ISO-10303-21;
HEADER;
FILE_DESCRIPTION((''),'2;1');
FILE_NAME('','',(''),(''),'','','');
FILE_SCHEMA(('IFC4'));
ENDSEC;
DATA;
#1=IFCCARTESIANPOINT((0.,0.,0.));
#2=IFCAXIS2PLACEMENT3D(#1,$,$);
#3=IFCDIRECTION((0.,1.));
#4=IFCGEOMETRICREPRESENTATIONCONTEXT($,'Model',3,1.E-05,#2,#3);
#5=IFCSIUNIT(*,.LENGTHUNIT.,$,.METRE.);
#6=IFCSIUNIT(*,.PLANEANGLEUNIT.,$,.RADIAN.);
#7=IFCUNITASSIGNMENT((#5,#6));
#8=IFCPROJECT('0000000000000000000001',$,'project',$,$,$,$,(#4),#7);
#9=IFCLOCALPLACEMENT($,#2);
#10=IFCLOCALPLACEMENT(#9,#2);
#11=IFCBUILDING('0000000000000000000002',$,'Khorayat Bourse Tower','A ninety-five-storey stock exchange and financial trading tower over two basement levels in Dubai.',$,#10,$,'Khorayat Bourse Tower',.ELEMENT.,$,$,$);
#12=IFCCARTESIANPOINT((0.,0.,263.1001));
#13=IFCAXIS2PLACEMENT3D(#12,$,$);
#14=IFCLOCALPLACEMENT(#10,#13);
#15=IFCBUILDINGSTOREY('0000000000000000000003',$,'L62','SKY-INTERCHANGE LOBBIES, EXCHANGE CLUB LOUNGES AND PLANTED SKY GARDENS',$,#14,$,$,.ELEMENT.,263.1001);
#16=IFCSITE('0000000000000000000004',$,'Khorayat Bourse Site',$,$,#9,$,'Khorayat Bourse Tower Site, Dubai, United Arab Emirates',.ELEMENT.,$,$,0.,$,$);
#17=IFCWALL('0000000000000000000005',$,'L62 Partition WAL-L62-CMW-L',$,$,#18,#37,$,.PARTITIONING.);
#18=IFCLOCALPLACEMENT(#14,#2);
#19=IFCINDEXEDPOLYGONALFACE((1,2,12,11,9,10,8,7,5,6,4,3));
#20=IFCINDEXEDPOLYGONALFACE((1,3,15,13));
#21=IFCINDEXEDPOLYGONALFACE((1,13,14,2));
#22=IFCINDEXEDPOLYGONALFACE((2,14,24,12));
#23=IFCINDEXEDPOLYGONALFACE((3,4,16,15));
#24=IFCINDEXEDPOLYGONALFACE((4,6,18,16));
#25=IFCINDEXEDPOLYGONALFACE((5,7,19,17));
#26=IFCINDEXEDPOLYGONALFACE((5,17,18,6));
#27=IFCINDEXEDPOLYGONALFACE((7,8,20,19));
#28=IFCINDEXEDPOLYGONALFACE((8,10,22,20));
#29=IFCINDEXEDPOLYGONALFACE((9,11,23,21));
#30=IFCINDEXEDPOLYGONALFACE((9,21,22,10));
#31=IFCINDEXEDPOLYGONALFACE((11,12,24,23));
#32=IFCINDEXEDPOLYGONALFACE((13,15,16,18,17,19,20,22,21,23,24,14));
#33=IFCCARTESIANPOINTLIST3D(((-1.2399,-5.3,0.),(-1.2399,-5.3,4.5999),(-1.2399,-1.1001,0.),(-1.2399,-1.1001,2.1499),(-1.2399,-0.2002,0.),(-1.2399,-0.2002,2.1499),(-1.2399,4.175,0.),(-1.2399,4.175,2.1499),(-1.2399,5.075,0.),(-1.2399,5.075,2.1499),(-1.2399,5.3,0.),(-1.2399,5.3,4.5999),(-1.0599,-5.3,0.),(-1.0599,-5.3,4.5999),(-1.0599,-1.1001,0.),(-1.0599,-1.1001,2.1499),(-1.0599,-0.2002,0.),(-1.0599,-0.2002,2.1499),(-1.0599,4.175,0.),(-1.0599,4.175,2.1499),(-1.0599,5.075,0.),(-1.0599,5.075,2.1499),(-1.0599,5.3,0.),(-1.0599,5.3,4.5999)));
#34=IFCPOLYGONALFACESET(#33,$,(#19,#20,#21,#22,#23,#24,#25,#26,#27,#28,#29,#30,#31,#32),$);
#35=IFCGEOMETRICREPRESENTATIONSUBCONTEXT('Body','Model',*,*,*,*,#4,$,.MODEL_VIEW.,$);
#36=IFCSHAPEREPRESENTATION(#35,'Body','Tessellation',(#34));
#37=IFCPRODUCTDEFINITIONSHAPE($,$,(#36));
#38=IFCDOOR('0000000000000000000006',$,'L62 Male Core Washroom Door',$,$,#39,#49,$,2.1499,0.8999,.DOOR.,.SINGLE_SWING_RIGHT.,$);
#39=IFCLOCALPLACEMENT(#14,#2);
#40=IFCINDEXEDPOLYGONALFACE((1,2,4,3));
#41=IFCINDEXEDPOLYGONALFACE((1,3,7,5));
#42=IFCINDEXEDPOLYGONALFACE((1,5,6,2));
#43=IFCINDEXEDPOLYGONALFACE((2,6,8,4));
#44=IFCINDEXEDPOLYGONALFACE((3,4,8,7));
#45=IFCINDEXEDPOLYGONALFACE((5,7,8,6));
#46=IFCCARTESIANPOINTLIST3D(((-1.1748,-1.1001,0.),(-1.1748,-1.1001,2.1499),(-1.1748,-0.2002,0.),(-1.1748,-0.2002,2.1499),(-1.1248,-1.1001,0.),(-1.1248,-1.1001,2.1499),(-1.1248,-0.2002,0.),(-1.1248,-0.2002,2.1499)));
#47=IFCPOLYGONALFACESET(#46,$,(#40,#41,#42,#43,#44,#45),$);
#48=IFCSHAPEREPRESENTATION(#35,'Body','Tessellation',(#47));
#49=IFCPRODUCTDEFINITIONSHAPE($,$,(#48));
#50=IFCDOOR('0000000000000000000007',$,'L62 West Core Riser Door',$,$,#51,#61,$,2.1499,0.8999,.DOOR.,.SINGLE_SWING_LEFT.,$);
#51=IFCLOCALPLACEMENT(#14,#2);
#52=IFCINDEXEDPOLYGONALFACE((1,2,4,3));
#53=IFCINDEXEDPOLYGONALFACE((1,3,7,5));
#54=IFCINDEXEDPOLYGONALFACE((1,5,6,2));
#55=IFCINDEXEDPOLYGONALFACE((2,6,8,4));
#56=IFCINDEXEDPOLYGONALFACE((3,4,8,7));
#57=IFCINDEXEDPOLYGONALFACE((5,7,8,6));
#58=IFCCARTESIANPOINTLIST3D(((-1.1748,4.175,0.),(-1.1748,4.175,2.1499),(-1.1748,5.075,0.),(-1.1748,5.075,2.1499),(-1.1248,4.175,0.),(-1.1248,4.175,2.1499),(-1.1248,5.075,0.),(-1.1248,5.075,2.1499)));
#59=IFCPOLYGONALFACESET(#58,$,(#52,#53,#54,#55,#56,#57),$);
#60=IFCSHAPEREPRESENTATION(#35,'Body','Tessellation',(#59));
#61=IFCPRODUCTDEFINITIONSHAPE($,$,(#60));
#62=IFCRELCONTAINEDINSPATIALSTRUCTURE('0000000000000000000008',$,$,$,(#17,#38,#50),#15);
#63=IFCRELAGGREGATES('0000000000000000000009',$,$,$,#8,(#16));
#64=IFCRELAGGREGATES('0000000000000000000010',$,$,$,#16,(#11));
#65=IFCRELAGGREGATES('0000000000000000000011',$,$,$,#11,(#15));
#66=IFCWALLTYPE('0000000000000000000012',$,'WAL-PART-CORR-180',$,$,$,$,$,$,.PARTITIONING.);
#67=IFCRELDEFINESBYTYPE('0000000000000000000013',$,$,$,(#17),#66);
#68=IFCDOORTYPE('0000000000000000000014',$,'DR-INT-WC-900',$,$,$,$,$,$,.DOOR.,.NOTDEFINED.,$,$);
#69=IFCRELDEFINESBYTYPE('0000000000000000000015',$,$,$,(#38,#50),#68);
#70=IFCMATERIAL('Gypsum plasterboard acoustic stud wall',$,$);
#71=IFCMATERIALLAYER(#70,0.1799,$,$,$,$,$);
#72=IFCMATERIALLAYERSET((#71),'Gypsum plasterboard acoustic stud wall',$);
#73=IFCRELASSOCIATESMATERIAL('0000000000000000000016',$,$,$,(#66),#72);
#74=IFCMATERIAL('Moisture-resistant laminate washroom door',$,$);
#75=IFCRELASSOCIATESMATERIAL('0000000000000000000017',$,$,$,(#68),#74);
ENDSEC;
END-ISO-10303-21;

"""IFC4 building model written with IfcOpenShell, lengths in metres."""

from ifc_helpers import new_model, si_unit, direction, frame, frame_2d, origin, place, context, subcontext, project, spatial, rectangle, extrude, source, transform, mapped, material, layer, layer_set, type_object, element, fill, save


model = new_model("IFC4")

# Units and contexts
model_context = context("Model", 3, precision=1e-05, world=origin(), true_north=direction((0.0, 1.0)))
body_context = subcontext(model_context, "Body", "Model", "MODEL_VIEW")
ifc_project = project(units=[si_unit("LENGTHUNIT", "METRE"), si_unit("PLANEANGLEUNIT", "RADIAN")], contexts=[model_context])

# Site, building, storey
site_placement = place(None, origin())
site = spatial("IfcSite", under=ifc_project, at=site_placement, Name="Khorayat Bourse Site", LongName="Khorayat Bourse Tower Site, Dubai, United Arab Emirates", CompositionType="ELEMENT", RefElevation=0.0)
building_placement = place(site_placement, origin())
building = spatial("IfcBuilding", under=site, at=building_placement, Name="Khorayat Bourse Tower", Description="A ninety-five-storey stock exchange and financial trading tower over two basement levels in Dubai.", LongName="Khorayat Bourse Tower", CompositionType="ELEMENT")
storey_placement = place(building_placement, frame((0.0, 0.0, 263.1001)))
storey = spatial("IfcBuildingStorey", under=building, at=storey_placement, Name="L62", Description="SKY-INTERCHANGE LOBBIES, EXCHANGE CLUB LOUNGES AND PLANTED SKY GARDENS", CompositionType="ELEMENT", Elevation=263.1001)

# Shared definitions
ifc_material_1 = material(Name="Gypsum plasterboard acoustic stud wall")
ifc_layer_1 = layer(ifc_material_1, 0.1799)
ifc_layer_set_1 = layer_set([ifc_layer_1], Name="Gypsum plasterboard acoustic stud wall")
wall_type_1 = type_object("IfcWallType", Name="WAL-PART-CORR-180", PredefinedType="PARTITIONING", material=ifc_layer_set_1)
shared_shape_1 = source(origin(), body_context, "Body", "SweptSolid", [
    extrude(rectangle(XDim=0.8999, YDim=2.1499, at=frame_2d((0.45, 1.075))), frame((0.0, 0.0999, 0.0), z_axis=(0.0, -1.0, 0.0), x_axis=(1.0, 0.0, 0.0)), (0.0, 0.0, 1.0), 0.2),
])
ifc_material_2 = material(Name="Moisture-resistant laminate washroom door")
door_type = type_object("IfcDoorType", Name="DR-INT-WC-900", OperationType="NOTDEFINED", PredefinedType="DOOR", material=ifc_material_2)
shared_shape_2 = source(origin(), body_context, "Body", "SweptSolid", [
    extrude(rectangle(XDim=0.8999, YDim=2.1499, at=frame_2d((0.45, 1.075))), frame((0.0, 0.0249, 0.0), z_axis=(0.0, -1.0, 0.0), x_axis=(1.0, 0.0, 0.0)), (0.0, 0.0, 1.0), 0.05),
])

# Wall, openings, doors
shared_shape_3 = source(origin(), body_context, "Body", "SweptSolid", [
    extrude(rectangle(XDim=10.6001, YDim=0.1799, at=frame_2d((5.3, 0.0))), origin(), (0.0, 0.0, 1.0), 4.5999),
])
wall_1_placement = place(storey_placement, frame((-1.1499, -5.3, 0.0), z_axis=(0.0, 0.0, 1.0), x_axis=(0.0, 1.0, 0.0)))
wall_1 = element("IfcWall", 1, at=wall_1_placement, inside=storey, type_object=wall_type_1, Name="L62 Partition WAL-L62-CMW-L", PredefinedType="PARTITIONING", context=body_context, shape_type="MappedRepresentation", body=[
    mapped(shared_shape_3, transform((0.0, 0.0, 0.0), scale=1.0)),
])
opening_1_placement = place(wall_1_placement, frame((4.2, 0.0, 0.0)))
opening_1 = element("IfcOpeningElement", 2, at=opening_1_placement, cuts=wall_1, PredefinedType="OPENING", context=body_context, shape_type="MappedRepresentation", body=[
    mapped(shared_shape_1, transform((0.0, 0.0, 0.0), scale=1.0)),
])
opening_2_placement = place(wall_1_placement, frame((9.4751, 0.0, 0.0)))
opening_2 = element("IfcOpeningElement", 3, at=opening_2_placement, cuts=wall_1, PredefinedType="OPENING", context=body_context, shape_type="MappedRepresentation", body=[
    mapped(shared_shape_1, transform((0.0, 0.0, 0.0), scale=1.0)),
])
door_1_placement = place(opening_1_placement, origin())
door_1 = element("IfcDoor", 4, at=door_1_placement, inside=storey, type_object=door_type, Name="L62 Male Core Washroom Door", OperationType="SINGLE_SWING_RIGHT", OverallHeight=2.1499, OverallWidth=0.8999, PredefinedType="DOOR", context=body_context, shape_type="MappedRepresentation", body=[
    mapped(shared_shape_2, transform((0.0, 0.0, 0.0), scale=1.0)),
])
fill(opening_1, door_1)
door_2_placement = place(opening_2_placement, origin())
door_2 = element("IfcDoor", 5, at=door_2_placement, inside=storey, type_object=door_type, Name="L62 West Core Riser Door", OperationType="SINGLE_SWING_LEFT", OverallHeight=2.1499, OverallWidth=0.8999, PredefinedType="DOOR", context=body_context, shape_type="MappedRepresentation", body=[
    mapped(shared_shape_2, transform((0.0, 0.0, 0.0), scale=1.0)),
])
fill(opening_2, door_2)

save(model, "model.ifc")
